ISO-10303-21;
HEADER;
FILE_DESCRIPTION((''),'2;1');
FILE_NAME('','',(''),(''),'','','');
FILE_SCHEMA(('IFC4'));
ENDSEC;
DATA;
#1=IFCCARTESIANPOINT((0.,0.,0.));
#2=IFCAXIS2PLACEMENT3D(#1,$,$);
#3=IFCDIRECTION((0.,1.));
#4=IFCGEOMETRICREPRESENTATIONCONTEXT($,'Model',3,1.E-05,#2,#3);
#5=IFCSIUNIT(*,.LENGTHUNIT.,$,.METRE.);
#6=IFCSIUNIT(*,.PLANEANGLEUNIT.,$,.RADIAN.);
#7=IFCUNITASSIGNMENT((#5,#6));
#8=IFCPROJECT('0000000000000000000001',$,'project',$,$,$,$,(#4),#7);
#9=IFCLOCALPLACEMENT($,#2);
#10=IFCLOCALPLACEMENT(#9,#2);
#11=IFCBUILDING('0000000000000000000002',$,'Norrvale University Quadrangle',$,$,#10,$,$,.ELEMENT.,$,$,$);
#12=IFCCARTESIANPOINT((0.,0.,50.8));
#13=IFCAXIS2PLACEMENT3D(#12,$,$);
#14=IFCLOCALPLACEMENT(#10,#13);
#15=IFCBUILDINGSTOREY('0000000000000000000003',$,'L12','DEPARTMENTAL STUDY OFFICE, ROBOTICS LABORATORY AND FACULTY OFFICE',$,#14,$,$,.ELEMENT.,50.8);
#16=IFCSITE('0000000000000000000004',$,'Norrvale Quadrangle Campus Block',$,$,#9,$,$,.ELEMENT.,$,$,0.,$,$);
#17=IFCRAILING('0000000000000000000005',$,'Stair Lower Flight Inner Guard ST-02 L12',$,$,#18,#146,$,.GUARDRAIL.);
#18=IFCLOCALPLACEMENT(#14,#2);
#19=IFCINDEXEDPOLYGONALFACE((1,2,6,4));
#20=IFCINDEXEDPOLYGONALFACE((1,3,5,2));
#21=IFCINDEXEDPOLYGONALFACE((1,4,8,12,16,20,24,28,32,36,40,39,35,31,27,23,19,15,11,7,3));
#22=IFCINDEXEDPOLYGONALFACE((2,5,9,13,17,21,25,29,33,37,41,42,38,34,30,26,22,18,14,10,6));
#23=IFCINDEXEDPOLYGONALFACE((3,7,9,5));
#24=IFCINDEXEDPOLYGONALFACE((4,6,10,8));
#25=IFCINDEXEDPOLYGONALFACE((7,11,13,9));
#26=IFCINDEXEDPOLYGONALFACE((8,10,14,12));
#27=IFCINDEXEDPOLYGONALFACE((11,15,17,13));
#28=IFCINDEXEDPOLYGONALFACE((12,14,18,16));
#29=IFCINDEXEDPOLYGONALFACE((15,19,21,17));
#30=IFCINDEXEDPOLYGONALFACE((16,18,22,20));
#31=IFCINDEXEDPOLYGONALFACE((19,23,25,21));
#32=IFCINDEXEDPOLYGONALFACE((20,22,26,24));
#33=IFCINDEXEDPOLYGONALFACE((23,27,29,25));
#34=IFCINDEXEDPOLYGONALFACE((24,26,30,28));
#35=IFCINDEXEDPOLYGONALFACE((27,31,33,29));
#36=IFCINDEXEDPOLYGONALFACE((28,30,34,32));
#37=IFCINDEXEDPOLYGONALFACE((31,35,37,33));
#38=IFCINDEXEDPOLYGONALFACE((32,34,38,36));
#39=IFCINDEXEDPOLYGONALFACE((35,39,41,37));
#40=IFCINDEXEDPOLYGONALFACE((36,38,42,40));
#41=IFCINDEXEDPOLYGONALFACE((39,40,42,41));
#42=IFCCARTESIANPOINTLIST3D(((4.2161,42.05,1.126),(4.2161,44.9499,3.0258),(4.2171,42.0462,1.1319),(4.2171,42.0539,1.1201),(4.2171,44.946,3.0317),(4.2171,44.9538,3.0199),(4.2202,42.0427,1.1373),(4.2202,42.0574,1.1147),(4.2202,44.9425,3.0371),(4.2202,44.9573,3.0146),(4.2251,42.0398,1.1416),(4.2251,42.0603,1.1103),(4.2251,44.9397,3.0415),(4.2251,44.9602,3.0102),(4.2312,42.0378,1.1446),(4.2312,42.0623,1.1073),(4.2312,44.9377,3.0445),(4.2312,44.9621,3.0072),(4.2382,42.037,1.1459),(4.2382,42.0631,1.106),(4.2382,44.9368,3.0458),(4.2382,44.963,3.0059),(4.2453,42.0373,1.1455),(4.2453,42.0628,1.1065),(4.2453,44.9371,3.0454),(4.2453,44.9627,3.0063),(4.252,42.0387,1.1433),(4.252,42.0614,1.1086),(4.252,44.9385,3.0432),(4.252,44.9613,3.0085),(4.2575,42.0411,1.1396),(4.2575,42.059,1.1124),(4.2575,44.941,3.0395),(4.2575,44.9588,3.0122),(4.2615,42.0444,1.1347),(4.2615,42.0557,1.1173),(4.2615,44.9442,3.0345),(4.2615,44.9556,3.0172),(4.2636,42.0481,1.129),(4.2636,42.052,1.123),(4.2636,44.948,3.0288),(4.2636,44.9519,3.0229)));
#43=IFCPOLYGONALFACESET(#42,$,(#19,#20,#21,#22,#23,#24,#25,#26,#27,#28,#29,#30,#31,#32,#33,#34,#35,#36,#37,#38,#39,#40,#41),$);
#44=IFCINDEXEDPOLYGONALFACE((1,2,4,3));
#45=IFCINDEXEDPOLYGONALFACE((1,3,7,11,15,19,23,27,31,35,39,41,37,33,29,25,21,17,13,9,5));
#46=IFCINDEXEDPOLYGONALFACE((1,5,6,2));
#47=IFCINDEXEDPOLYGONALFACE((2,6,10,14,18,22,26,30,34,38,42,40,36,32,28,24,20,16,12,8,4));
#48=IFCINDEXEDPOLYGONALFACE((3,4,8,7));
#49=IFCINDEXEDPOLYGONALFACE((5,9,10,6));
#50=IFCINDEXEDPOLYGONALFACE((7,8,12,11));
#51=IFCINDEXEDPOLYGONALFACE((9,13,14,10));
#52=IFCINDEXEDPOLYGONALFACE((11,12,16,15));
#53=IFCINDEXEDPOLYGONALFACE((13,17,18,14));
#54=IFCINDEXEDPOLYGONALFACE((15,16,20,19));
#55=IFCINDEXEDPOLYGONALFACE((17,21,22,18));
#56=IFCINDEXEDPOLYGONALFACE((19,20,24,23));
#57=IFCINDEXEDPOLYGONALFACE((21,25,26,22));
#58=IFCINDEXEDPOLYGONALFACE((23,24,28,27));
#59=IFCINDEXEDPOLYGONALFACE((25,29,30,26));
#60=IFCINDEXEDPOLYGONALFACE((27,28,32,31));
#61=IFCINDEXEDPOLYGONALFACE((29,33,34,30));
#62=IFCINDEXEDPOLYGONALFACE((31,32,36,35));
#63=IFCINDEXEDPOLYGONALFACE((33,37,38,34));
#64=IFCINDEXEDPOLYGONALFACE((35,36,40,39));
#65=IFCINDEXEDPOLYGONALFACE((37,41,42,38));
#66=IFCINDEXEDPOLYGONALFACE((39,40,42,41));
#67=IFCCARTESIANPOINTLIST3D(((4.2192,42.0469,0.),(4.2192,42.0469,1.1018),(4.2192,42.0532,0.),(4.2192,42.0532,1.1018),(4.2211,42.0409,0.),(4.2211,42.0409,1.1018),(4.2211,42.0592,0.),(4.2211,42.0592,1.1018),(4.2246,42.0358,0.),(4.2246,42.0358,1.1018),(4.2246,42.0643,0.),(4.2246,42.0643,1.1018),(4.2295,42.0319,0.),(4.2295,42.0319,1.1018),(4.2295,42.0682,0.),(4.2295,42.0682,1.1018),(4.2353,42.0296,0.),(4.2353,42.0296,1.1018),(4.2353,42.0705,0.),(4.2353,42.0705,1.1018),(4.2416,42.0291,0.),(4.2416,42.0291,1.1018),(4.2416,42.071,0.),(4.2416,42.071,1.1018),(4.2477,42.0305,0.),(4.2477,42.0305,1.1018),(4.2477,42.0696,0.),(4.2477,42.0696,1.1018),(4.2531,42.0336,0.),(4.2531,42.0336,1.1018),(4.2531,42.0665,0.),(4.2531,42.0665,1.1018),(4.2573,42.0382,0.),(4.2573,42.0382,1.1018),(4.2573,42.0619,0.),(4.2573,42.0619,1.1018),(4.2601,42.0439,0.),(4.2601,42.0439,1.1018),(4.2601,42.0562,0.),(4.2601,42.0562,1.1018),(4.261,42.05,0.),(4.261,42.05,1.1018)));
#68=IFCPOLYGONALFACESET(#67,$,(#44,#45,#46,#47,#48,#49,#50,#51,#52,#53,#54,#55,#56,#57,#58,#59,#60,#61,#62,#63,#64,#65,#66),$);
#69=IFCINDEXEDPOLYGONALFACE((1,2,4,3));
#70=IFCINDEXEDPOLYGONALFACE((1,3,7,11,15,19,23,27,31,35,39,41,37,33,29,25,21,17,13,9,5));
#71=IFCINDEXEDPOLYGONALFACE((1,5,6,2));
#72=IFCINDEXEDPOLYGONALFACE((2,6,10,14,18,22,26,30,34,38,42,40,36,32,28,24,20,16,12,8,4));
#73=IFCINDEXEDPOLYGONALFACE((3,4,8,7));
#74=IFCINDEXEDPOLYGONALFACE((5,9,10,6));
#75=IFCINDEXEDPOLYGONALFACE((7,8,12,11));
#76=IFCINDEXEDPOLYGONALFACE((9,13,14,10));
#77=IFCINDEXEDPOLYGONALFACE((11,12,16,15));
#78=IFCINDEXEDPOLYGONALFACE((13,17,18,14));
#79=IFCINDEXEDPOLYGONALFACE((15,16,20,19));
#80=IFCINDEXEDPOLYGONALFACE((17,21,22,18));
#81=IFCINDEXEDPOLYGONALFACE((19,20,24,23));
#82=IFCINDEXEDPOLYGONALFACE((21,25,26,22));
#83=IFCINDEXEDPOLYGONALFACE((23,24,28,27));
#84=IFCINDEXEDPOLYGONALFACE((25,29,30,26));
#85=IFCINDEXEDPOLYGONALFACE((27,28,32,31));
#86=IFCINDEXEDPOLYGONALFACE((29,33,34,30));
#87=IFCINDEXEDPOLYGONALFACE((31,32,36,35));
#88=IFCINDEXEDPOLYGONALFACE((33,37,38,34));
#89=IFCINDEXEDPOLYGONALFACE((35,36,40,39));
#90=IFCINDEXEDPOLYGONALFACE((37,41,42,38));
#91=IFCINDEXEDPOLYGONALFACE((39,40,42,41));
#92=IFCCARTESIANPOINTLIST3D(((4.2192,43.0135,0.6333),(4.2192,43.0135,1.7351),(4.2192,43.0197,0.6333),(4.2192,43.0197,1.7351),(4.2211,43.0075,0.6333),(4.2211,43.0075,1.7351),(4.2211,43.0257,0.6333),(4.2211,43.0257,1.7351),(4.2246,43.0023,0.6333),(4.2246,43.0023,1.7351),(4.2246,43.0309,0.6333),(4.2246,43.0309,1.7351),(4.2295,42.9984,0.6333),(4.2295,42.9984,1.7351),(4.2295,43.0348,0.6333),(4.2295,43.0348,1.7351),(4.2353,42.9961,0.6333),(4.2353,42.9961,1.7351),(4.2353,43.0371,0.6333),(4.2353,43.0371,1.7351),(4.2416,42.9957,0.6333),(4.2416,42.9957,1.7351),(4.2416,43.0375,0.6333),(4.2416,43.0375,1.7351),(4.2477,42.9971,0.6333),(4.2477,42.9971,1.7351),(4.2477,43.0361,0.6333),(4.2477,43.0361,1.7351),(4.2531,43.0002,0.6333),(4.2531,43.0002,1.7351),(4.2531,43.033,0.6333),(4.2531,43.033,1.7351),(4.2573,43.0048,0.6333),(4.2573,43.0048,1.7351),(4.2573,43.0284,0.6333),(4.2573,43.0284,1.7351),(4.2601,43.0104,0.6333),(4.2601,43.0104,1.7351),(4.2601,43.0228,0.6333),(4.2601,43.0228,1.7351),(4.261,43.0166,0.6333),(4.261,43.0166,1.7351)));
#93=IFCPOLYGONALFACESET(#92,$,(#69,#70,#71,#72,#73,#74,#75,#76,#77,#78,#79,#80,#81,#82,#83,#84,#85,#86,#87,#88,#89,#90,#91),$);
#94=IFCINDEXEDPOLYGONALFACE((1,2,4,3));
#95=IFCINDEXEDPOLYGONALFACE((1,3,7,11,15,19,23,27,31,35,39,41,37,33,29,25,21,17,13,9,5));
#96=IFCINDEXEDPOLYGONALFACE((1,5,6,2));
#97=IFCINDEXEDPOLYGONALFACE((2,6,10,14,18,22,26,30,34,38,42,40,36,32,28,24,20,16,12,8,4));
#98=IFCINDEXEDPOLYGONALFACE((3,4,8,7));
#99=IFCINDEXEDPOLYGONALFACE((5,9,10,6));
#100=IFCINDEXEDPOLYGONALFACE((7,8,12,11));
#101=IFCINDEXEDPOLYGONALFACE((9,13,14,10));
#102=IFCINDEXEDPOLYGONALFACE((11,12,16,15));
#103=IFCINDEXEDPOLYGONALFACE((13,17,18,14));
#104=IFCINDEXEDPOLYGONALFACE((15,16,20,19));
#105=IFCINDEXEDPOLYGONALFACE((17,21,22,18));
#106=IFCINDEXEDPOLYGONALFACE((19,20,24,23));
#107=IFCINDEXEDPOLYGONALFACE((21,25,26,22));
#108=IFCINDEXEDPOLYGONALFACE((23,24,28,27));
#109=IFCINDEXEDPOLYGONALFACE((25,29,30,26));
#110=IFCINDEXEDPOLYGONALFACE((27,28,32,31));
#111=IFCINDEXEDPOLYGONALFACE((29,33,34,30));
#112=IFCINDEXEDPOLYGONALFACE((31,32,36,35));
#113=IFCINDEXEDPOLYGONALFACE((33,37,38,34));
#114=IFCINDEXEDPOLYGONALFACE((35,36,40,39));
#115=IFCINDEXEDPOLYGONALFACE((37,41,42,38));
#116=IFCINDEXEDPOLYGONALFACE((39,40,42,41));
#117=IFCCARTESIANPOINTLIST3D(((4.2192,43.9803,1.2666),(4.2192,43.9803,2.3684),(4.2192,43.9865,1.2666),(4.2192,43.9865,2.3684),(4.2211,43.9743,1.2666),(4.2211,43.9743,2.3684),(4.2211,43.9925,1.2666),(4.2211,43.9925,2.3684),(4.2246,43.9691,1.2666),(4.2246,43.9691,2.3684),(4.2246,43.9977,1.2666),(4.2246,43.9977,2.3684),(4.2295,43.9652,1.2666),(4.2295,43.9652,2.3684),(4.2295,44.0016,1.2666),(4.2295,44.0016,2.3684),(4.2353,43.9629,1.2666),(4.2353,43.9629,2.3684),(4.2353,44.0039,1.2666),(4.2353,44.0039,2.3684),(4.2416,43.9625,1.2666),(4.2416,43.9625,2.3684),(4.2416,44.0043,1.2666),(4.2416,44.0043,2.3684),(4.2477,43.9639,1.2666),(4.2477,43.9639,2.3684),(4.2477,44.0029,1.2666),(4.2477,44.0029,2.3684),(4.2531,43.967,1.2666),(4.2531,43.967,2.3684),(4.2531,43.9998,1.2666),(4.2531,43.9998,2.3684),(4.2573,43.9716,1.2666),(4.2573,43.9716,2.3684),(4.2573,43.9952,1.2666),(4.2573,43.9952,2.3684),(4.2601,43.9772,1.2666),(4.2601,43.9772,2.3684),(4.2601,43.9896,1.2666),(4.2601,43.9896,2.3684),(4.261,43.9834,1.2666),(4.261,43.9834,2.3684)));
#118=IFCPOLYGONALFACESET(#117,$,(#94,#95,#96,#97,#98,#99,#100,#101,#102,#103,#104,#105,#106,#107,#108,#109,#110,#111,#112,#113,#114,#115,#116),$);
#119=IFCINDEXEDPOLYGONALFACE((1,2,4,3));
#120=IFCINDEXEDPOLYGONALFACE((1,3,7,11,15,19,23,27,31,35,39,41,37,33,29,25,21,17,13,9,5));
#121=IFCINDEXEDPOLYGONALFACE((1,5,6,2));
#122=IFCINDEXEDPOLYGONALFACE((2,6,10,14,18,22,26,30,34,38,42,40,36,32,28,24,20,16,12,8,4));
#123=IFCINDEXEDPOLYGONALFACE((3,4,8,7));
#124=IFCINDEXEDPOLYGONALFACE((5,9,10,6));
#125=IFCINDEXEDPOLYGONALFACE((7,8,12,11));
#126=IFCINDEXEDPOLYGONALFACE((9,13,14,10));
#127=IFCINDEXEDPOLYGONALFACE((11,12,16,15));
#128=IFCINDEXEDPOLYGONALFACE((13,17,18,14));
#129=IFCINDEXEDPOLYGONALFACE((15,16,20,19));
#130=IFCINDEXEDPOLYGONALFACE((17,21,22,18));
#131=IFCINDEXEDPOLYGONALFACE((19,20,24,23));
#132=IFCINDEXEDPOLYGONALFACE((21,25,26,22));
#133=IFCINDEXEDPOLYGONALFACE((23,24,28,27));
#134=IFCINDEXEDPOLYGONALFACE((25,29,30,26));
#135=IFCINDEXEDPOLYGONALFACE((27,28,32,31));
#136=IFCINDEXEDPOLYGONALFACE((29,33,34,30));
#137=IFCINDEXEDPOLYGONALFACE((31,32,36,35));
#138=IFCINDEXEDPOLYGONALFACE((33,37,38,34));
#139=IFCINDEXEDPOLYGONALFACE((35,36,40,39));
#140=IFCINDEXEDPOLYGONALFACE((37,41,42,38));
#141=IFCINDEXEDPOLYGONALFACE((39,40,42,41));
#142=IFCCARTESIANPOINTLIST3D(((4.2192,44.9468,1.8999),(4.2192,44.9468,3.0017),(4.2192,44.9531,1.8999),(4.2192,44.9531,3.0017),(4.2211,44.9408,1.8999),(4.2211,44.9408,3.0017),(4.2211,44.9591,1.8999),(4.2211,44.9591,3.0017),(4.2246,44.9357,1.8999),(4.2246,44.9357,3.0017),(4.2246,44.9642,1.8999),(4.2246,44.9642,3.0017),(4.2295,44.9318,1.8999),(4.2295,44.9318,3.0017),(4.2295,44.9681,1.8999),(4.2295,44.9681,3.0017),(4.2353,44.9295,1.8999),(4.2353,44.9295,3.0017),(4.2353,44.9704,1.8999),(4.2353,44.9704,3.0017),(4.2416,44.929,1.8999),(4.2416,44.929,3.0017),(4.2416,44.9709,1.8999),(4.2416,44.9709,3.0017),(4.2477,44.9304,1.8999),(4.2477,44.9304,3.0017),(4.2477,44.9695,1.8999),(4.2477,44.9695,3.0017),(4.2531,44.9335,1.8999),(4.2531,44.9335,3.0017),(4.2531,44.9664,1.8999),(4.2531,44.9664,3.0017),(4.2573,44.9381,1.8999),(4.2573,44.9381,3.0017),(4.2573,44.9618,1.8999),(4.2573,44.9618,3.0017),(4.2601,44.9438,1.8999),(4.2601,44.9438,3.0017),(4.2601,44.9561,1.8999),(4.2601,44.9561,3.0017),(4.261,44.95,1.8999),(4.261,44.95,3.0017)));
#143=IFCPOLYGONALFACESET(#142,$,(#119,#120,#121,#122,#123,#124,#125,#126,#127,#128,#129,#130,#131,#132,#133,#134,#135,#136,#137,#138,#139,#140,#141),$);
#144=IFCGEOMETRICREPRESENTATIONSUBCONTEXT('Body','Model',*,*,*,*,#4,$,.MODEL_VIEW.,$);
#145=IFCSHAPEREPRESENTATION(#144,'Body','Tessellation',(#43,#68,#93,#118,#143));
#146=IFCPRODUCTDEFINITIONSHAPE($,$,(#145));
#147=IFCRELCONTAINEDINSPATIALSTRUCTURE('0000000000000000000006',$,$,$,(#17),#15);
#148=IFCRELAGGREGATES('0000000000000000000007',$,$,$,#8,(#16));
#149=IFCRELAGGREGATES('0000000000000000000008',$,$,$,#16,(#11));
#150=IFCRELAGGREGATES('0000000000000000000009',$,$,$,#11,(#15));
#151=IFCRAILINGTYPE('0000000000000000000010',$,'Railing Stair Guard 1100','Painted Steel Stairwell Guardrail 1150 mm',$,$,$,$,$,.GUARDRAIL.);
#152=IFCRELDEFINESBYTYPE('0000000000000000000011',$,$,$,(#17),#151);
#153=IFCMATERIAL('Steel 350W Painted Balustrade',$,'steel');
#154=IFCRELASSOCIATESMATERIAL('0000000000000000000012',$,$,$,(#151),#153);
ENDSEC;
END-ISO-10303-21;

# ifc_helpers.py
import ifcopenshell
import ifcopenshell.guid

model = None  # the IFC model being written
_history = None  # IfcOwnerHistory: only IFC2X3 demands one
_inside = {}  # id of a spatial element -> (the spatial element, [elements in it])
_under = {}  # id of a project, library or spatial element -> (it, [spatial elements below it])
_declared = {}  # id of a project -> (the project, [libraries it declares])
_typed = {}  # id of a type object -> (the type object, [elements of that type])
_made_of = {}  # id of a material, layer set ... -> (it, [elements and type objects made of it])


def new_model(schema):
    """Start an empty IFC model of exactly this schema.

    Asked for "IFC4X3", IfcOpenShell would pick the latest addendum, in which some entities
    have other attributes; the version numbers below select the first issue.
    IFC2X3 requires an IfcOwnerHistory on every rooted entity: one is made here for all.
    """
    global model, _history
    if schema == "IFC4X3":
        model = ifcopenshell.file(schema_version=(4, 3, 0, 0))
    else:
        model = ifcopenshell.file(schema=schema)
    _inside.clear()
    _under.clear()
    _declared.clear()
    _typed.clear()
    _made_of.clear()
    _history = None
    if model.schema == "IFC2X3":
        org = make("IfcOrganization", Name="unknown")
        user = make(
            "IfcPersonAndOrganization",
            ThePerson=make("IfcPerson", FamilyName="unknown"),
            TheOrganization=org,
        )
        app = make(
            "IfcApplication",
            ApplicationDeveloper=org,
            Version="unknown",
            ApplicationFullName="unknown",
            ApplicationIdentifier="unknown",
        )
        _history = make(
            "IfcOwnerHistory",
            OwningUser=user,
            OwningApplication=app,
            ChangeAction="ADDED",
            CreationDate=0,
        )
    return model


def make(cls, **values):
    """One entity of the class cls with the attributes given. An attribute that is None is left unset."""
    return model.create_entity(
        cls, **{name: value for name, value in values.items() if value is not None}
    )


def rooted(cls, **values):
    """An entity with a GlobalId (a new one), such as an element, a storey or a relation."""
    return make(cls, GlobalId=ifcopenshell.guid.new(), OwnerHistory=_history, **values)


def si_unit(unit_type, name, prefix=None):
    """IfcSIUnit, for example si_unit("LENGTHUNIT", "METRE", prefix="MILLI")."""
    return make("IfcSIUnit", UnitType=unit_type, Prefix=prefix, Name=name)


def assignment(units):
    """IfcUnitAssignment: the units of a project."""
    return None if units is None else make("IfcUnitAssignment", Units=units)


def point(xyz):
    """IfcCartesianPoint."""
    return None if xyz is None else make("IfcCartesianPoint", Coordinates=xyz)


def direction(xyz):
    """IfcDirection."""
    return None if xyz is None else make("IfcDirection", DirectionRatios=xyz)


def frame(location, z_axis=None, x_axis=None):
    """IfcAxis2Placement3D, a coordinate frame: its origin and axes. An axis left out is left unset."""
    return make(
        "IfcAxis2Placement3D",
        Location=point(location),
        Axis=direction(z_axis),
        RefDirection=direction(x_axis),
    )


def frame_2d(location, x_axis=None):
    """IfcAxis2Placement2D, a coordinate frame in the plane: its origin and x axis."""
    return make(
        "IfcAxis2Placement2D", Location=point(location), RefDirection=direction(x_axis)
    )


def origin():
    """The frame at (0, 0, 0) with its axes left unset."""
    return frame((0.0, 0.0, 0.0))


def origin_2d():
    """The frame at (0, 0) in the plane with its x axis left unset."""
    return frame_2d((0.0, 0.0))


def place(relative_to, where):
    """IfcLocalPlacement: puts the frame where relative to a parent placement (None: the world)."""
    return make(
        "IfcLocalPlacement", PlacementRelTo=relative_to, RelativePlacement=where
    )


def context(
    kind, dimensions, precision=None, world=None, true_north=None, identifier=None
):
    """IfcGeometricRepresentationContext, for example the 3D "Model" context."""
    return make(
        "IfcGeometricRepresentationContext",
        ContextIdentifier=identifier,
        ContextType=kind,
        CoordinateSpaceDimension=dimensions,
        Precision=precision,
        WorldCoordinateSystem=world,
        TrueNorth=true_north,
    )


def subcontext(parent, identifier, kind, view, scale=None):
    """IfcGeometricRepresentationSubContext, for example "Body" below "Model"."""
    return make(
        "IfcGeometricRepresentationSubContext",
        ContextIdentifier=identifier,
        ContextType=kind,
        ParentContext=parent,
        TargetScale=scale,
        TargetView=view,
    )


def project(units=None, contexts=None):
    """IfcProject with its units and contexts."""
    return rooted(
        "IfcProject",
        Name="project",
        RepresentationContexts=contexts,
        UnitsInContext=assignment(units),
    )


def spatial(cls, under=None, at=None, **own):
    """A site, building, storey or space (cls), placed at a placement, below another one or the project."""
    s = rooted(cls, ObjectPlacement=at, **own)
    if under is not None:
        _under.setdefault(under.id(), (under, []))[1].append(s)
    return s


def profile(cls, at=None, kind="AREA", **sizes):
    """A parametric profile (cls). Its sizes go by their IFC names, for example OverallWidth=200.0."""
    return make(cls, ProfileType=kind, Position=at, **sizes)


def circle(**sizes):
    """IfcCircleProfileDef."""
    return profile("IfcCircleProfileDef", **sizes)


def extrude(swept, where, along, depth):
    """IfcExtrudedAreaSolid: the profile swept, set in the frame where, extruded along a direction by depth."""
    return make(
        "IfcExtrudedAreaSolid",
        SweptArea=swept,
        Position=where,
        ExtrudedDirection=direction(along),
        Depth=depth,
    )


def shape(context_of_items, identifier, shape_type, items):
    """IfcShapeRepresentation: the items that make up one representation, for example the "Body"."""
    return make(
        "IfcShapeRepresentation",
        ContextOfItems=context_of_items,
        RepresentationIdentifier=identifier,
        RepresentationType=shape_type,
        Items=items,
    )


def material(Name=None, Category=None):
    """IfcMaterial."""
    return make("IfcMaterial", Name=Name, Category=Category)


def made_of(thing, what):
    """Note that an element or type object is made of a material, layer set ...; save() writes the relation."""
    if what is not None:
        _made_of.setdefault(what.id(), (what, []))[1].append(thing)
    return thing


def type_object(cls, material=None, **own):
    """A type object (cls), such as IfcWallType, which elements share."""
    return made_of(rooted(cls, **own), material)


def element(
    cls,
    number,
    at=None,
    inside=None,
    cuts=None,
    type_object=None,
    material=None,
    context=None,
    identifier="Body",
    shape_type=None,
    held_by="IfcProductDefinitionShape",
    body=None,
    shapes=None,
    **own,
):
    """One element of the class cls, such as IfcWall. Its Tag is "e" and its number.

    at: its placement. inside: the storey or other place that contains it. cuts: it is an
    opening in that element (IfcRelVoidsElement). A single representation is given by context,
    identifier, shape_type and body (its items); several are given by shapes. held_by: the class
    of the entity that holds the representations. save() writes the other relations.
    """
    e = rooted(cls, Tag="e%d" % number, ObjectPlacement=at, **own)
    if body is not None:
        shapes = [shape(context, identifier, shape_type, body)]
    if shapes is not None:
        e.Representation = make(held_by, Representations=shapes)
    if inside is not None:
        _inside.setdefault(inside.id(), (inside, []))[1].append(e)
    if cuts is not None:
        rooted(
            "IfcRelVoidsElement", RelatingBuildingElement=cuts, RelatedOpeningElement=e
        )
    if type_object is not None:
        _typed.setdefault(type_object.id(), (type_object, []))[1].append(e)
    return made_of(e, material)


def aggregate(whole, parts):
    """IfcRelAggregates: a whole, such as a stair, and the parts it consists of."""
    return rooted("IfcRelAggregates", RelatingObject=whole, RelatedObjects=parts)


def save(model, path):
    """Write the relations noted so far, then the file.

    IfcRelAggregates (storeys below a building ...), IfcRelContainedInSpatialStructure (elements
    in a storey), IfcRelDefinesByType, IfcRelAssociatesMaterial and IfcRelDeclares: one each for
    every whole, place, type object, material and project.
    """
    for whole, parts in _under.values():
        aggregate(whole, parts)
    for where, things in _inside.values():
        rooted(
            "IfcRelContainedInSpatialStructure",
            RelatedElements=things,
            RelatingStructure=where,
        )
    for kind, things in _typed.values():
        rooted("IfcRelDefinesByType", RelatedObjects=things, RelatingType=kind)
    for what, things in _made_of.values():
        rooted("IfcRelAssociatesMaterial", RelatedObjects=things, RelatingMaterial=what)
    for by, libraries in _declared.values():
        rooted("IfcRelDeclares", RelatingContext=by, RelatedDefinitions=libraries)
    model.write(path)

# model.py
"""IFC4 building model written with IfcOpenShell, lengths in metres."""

from ifc_helpers import new_model, si_unit, direction, frame, origin, origin_2d, place, context, subcontext, project, spatial, circle, extrude, material, type_object, element, save


model = new_model("IFC4")

# Units and contexts
model_context = context("Model", 3, precision=1e-05, world=origin(), true_north=direction((0.0, 1.0)))
body_context = subcontext(model_context, "Body", "Model", "MODEL_VIEW")
ifc_project = project(units=[si_unit("LENGTHUNIT", "METRE"), si_unit("PLANEANGLEUNIT", "RADIAN")], contexts=[model_context])

# Site, building, storey
site_placement = place(None, origin())
site = spatial("IfcSite", under=ifc_project, at=site_placement, Name="Norrvale Quadrangle Campus Block", CompositionType="ELEMENT", RefElevation=0.0)
building_placement = place(site_placement, origin())
building = spatial("IfcBuilding", under=site, at=building_placement, Name="Norrvale University Quadrangle", CompositionType="ELEMENT")
storey_placement = place(building_placement, frame((0.0, 0.0, 50.8)))
storey = spatial("IfcBuildingStorey", under=building, at=storey_placement, Name="L12", Description="DEPARTMENTAL STUDY OFFICE, ROBOTICS LABORATORY AND FACULTY OFFICE", CompositionType="ELEMENT", Elevation=50.8)

# Railing
ifc_material_1 = material(Name="Steel 350W Painted Balustrade", Category="steel")
railing_type_1 = type_object("IfcRailingType", Name="Railing Stair Guard 1100", Description="Painted Steel Stairwell Guardrail 1150 mm", PredefinedType="GUARDRAIL", material=ifc_material_1)
railing_1_placement = place(storey_placement, frame((4.24, 42.05, 0.0)))
element("IfcRailing", 1, at=railing_1_placement, inside=storey, type_object=railing_type_1, Name="Stair Lower Flight Inner Guard ST-02 L12", PredefinedType="GUARDRAIL", context=body_context, shape_type="SweptSolid", body=[
    extrude(circle(Radius=0.0239, at=origin_2d()), frame((0.0, 0.0, 1.126), z_axis=(0.0, 0.836466, 0.548019), x_axis=(-1.0, 0.0, 0.0)), (0.0, 0.0, 1.0), 3.4668),
    extrude(circle(Radius=0.021, at=origin_2d()), origin(), (0.0, 0.0, 1.0), 1.1018),
    extrude(circle(Radius=0.021, at=origin_2d()), frame((0.0, 0.9666, 0.6333)), (0.0, 0.0, 1.0), 1.1018),
    extrude(circle(Radius=0.021, at=origin_2d()), frame((0.0, 1.9333, 1.2666)), (0.0, 0.0, 1.0), 1.1018),
    extrude(circle(Radius=0.021, at=origin_2d()), frame((0.0, 2.8999, 1.8999)), (0.0, 0.0, 1.0), 1.1018),
])

save(model, "model.ifc")
